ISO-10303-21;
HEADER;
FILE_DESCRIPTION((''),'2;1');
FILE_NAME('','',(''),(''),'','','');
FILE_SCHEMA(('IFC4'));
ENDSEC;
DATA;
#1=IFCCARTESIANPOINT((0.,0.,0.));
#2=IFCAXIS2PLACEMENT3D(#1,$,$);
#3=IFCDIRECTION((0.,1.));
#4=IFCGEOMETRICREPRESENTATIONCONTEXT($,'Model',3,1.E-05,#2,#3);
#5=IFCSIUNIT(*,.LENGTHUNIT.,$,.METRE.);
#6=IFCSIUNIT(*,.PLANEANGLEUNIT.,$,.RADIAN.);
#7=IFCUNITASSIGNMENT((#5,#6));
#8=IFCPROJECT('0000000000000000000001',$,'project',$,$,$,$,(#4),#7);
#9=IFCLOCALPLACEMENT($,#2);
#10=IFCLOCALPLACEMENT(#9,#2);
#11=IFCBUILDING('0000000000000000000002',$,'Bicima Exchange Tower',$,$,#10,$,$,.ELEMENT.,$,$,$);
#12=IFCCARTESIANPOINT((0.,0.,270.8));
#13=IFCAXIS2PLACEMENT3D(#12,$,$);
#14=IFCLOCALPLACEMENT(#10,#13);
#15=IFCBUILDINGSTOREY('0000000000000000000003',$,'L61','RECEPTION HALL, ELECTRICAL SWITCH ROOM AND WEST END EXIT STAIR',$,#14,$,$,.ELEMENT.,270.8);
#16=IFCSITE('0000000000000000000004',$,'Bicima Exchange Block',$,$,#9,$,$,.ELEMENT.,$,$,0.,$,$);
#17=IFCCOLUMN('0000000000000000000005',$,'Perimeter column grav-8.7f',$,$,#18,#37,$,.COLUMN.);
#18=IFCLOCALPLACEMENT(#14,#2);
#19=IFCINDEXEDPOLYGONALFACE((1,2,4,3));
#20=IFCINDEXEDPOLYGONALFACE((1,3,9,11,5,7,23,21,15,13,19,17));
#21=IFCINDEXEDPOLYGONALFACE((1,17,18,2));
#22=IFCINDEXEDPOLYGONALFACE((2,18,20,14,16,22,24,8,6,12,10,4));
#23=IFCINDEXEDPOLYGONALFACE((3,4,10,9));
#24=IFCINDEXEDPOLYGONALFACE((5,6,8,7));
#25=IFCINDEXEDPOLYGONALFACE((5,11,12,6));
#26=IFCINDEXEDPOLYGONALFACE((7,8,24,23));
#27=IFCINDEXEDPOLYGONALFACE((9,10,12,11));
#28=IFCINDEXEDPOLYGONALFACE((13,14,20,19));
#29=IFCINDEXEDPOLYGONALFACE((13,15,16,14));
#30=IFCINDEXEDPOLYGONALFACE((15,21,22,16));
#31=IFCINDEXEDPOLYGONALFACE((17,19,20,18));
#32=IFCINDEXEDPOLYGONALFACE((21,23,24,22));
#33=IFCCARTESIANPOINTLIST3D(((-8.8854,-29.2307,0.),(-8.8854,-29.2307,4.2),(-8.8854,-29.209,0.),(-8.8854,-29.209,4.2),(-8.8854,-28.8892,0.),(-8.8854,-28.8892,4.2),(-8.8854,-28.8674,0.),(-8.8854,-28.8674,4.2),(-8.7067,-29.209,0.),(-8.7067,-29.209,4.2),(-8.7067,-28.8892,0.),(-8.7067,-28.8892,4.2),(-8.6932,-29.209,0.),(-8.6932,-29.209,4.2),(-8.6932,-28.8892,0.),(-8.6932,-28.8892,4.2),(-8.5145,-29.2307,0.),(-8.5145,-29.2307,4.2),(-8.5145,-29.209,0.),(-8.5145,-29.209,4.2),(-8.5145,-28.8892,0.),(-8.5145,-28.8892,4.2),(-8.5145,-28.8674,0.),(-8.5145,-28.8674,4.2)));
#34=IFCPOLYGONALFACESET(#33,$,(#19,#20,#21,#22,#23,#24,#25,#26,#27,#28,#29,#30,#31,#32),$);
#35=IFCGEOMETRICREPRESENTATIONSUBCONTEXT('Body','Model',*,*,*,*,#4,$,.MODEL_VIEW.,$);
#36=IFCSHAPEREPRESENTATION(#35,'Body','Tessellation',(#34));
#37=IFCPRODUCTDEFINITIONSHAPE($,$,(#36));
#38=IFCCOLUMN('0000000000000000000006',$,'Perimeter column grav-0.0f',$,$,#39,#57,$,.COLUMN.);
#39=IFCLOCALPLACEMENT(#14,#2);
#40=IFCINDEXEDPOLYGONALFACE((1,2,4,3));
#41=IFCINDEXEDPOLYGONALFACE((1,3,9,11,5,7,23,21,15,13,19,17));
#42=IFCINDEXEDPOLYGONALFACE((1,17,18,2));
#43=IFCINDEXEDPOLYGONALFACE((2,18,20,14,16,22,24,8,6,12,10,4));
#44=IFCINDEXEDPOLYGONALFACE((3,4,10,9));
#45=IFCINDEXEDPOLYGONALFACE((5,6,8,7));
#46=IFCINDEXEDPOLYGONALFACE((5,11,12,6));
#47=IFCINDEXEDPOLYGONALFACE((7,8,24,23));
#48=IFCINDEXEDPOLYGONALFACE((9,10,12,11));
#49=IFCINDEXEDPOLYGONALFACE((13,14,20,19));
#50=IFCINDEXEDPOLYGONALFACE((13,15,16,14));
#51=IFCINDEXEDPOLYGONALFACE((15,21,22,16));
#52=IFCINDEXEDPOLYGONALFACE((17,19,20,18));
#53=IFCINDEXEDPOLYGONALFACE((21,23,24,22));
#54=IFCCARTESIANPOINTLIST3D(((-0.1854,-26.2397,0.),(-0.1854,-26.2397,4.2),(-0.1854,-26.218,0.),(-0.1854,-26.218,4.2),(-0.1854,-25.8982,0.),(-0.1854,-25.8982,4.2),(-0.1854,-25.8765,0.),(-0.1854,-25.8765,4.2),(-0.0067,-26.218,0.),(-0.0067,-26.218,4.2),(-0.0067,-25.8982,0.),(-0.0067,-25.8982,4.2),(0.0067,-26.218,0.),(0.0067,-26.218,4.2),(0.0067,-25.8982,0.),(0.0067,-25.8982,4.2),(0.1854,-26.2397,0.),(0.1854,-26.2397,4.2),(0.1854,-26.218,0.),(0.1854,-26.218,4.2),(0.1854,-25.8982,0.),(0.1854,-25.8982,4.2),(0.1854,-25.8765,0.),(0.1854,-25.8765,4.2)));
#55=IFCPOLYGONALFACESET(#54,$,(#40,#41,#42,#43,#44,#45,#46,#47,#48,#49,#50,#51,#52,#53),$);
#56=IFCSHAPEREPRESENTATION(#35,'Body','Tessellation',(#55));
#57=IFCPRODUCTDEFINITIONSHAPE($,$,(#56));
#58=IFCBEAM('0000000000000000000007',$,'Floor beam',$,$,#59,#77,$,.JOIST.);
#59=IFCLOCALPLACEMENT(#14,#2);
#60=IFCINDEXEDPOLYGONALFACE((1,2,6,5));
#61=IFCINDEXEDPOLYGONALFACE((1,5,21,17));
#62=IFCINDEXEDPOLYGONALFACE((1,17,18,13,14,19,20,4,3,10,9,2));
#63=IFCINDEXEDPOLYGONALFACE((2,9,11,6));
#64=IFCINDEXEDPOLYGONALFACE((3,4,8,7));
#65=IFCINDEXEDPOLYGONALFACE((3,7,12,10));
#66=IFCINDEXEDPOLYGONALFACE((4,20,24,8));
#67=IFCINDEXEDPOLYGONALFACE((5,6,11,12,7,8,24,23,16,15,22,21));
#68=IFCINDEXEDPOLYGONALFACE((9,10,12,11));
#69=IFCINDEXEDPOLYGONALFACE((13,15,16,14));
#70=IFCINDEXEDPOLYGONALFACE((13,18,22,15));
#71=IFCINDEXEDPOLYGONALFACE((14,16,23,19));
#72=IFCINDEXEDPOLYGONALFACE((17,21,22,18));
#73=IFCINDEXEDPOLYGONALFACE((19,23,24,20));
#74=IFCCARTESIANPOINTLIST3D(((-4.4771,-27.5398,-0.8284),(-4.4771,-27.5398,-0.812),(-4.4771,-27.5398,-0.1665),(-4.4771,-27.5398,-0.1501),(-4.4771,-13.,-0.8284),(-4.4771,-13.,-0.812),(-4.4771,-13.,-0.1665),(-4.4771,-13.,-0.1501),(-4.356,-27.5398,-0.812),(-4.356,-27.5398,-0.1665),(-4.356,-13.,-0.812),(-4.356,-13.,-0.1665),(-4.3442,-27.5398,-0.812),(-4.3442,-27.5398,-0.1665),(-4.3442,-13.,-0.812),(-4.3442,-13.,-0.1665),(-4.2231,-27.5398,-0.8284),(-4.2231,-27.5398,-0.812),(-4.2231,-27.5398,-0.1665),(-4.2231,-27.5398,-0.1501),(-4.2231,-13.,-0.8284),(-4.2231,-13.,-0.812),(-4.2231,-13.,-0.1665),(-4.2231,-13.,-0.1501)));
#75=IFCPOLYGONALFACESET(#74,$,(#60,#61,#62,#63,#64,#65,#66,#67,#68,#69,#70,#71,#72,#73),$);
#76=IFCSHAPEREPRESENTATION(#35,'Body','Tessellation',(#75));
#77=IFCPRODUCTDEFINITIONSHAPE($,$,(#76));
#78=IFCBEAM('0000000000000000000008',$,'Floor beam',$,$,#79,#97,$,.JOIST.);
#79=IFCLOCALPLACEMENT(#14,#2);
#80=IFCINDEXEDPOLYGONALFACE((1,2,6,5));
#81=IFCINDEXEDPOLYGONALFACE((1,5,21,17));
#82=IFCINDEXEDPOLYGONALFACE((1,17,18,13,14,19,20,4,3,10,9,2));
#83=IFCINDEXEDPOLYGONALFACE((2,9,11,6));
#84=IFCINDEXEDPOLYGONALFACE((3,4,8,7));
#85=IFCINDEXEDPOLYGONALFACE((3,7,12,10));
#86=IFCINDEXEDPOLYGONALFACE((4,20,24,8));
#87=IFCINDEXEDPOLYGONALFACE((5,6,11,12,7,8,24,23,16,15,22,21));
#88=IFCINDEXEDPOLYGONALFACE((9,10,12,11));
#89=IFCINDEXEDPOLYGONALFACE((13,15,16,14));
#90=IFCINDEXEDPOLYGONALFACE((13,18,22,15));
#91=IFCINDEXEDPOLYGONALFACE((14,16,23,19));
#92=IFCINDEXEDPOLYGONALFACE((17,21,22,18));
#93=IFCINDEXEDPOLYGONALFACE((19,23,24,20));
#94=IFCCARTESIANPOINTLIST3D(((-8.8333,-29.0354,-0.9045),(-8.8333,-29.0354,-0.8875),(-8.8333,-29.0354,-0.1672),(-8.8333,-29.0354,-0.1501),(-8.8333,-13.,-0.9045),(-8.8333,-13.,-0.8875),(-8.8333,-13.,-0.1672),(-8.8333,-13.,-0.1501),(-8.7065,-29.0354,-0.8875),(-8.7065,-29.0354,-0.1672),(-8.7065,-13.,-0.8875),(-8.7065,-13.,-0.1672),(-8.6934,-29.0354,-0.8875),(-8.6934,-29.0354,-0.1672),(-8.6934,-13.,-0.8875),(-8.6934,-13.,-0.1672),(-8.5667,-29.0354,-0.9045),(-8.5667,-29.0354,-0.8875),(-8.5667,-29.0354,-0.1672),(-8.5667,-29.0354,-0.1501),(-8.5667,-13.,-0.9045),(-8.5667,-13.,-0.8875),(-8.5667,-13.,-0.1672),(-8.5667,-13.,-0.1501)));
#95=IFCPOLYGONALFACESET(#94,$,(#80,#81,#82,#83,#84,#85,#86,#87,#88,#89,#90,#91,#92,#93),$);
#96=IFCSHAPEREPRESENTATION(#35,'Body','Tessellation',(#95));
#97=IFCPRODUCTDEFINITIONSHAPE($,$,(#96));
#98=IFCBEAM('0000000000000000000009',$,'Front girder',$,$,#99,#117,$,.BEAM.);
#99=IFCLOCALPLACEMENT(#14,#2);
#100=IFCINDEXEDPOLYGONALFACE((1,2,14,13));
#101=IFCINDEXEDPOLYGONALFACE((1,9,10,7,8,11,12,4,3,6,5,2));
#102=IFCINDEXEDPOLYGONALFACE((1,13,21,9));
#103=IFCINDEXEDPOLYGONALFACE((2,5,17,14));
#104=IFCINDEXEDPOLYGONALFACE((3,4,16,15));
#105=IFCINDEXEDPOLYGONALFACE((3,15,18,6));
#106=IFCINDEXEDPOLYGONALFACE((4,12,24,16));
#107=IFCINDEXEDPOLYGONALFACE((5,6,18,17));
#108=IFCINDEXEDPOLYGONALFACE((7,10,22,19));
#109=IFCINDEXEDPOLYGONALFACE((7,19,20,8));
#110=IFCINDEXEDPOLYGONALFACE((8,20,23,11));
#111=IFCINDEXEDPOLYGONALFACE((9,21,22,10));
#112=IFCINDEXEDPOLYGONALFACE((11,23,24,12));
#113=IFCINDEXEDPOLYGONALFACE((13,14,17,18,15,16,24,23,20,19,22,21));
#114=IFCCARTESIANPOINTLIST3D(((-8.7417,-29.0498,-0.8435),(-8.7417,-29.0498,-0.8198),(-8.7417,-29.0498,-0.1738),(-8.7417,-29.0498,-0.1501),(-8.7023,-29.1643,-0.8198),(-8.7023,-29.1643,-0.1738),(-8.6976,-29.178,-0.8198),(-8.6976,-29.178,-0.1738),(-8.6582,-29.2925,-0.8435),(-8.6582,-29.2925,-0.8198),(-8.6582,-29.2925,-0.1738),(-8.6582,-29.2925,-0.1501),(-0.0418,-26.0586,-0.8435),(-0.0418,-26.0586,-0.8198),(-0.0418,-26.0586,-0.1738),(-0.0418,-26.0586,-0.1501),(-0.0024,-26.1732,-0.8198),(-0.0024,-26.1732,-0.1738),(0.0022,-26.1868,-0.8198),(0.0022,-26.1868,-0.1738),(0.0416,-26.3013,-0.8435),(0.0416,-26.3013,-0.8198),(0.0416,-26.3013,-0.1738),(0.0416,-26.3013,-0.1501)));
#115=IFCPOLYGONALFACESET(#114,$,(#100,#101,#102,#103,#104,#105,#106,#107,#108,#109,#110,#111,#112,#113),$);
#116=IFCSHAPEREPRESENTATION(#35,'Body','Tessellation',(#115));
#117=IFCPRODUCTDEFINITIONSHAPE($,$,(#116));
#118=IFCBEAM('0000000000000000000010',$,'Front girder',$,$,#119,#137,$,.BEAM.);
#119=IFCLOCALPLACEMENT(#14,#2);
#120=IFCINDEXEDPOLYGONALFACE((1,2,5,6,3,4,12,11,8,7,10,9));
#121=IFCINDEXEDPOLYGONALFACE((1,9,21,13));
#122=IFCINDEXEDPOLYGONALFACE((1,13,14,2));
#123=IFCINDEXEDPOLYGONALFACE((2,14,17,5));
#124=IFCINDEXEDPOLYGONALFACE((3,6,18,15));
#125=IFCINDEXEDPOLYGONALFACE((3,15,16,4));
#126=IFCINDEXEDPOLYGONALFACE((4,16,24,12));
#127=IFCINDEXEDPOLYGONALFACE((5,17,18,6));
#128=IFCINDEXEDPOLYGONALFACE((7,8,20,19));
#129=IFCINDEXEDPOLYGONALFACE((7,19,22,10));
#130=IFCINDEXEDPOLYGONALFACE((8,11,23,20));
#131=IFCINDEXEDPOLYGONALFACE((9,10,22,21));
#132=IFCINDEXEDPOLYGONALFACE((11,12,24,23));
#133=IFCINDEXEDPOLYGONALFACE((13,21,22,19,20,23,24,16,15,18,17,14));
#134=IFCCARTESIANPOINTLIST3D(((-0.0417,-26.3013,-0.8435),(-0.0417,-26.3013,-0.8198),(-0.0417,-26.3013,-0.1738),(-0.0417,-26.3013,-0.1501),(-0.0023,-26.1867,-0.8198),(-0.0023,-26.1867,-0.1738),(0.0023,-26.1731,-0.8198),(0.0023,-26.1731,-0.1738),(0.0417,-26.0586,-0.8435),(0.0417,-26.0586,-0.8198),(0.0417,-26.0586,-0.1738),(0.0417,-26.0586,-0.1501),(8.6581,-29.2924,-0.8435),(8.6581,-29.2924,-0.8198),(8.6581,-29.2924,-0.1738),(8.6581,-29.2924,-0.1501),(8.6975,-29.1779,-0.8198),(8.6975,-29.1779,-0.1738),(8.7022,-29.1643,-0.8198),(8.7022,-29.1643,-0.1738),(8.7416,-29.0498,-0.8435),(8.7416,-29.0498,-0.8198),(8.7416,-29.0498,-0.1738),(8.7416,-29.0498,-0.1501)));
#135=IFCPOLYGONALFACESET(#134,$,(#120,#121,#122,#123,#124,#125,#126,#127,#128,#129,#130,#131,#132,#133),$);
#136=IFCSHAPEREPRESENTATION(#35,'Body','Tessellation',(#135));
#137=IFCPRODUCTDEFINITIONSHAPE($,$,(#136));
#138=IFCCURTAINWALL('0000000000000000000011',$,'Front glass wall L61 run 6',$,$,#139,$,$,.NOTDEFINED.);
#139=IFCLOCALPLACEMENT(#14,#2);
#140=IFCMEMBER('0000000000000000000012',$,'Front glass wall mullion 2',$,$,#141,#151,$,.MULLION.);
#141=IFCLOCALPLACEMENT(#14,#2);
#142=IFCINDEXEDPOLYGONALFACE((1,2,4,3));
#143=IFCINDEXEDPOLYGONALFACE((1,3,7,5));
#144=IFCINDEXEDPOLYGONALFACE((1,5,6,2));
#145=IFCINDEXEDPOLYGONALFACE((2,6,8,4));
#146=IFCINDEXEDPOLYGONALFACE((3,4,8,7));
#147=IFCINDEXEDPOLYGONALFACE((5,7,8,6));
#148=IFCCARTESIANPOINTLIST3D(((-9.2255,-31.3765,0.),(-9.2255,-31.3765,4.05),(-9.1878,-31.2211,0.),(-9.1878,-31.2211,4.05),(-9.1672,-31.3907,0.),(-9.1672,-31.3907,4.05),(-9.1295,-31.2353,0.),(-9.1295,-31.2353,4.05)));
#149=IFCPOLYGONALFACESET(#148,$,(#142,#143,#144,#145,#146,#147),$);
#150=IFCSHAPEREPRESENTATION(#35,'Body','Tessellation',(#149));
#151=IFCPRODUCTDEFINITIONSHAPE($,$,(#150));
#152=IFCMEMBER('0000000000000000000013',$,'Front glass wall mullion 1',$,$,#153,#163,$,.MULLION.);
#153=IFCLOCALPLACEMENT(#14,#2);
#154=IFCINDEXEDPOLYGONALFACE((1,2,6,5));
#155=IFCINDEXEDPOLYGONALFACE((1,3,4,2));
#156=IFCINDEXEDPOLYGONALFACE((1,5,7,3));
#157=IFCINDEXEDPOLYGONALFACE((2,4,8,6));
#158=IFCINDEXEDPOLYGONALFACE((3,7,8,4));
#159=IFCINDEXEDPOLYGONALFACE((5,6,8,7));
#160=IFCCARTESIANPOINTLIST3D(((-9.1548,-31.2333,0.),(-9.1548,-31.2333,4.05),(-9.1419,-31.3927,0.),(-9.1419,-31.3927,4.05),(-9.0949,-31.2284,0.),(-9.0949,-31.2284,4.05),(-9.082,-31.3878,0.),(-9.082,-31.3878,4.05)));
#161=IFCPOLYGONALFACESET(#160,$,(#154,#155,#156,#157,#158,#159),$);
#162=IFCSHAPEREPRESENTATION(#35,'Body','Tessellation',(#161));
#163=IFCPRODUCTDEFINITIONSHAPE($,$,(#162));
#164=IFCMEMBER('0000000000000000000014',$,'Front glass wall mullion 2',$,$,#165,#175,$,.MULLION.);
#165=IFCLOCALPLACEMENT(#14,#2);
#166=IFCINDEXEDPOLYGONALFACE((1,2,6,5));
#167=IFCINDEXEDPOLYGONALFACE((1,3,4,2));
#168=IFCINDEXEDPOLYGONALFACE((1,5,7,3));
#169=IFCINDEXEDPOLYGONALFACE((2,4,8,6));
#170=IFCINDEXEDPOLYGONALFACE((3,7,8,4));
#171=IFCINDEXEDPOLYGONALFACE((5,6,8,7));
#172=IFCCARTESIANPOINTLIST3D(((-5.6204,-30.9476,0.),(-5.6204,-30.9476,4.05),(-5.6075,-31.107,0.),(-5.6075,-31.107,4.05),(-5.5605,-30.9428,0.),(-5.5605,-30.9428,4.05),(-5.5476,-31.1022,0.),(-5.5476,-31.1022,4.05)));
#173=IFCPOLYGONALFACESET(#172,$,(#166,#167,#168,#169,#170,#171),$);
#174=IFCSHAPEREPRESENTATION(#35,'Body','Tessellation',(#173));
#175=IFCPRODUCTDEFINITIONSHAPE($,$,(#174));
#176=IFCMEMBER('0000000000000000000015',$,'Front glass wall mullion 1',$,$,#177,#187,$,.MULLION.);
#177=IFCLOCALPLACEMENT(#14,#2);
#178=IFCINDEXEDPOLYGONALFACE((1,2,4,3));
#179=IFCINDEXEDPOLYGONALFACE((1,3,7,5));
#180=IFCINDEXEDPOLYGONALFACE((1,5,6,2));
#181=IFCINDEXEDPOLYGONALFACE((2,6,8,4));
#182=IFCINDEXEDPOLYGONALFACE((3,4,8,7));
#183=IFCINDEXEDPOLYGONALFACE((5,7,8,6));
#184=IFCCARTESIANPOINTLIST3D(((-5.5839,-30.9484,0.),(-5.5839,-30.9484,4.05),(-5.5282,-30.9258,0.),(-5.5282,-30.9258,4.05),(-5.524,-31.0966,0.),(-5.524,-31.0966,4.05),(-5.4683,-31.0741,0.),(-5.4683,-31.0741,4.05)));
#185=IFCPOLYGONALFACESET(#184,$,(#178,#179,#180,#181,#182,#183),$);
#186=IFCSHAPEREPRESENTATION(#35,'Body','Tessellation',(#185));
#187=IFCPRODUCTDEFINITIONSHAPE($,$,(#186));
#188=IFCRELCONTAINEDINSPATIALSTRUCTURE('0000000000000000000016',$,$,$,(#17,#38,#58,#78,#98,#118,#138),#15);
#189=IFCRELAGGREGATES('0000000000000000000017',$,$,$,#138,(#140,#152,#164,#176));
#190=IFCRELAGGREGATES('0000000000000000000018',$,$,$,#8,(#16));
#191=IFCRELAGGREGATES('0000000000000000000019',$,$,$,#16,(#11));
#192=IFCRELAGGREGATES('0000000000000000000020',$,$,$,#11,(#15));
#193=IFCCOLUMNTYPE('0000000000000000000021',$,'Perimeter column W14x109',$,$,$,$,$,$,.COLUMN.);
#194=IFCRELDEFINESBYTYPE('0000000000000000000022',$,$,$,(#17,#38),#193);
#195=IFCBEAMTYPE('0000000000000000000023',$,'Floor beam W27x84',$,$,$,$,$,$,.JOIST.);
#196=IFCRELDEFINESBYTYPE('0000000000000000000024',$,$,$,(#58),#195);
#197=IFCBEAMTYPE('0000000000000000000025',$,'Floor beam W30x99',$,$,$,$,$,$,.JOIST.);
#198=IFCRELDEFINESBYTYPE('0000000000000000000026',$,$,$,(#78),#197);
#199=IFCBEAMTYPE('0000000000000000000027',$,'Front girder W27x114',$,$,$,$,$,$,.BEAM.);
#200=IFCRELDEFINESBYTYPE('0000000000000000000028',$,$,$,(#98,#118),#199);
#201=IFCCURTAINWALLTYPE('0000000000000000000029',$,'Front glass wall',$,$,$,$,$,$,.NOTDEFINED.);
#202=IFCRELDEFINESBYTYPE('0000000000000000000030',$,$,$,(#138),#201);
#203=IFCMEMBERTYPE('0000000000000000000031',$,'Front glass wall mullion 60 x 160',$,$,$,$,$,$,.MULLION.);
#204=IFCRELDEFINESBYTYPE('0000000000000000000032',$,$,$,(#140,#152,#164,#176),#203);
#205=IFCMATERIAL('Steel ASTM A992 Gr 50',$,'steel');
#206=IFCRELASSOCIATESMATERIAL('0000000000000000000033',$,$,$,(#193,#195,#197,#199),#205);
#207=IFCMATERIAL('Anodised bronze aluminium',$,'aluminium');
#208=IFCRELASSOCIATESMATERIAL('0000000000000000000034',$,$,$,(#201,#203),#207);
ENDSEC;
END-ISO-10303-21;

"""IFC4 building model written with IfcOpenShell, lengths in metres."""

from ifc_helpers import new_model, si_unit, direction, frame, origin, origin_2d, place, context, subcontext, project, spatial, rectangle, i_section, extrude, material, material_profile, profile_set, type_object, element, aggregate, save


model = new_model("IFC4")

# Units and contexts
model_context = context("Model", 3, precision=1e-05, world=origin(), true_north=direction((0.0, 1.0)))
body_context = subcontext(model_context, "Body", "Model", "MODEL_VIEW")
ifc_project = project(units=[si_unit("LENGTHUNIT", "METRE"), si_unit("PLANEANGLEUNIT", "RADIAN")], contexts=[model_context])

# Site, building, storey
site_placement = place(None, origin())
site = spatial("IfcSite", under=ifc_project, at=site_placement, Name="Bicima Exchange Block", CompositionType="ELEMENT", RefElevation=0.0)
building_placement = place(site_placement, origin())
building = spatial("IfcBuilding", under=site, at=building_placement, Name="Bicima Exchange Tower", CompositionType="ELEMENT")
storey_placement = place(building_placement, frame((0.0, 0.0, 270.8)))
storey = spatial("IfcBuildingStorey", under=building, at=storey_placement, Name="L61", Description="RECEPTION HALL, ELECTRICAL SWITCH ROOM AND WEST END EXIT STAIR", CompositionType="ELEMENT", Elevation=270.8)

# Columns
ifc_material_1 = material(Name="Steel ASTM A992 Gr 50", Category="steel")
ifc_material_profile_1 = material_profile(ifc_material_1, i_section(OverallWidth=0.3708, OverallDepth=0.3633, WebThickness=0.0134, FlangeThickness=0.0217, at=origin_2d()))
ifc_profile_set_1 = profile_set([ifc_material_profile_1], Name="Steel ASTM A992 Gr 50")
column_type = type_object("IfcColumnType", Name="Perimeter column W14x109", PredefinedType="COLUMN", material=ifc_profile_set_1)
for number, where, z_axis, x_axis, name in (
    (1, (-8.7, -29.0491, 0.0), (0.0, 0.0, 1.0), (1.0, 0.0, 0.0), "Perimeter column grav-8.7f"),
    (2, (0.0, -26.0581, 0.0), (0.0, 0.0, 1.0), (1.0, 0.0, 0.0), "Perimeter column grav-0.0f"),
):
    element("IfcColumn", number, at=place(storey_placement, frame(where, z_axis=z_axis, x_axis=x_axis)), inside=storey, type_object=column_type, Name=name, PredefinedType="COLUMN", context=body_context, shape_type="SweptSolid", body=[
        extrude(i_section(OverallWidth=0.3708, OverallDepth=0.3633, WebThickness=0.0134, FlangeThickness=0.0217, at=origin_2d()), origin(), (0.0, 0.0, 1.0), 4.2),
    ])

# Beams
ifc_material_profile_2 = material_profile(ifc_material_1, i_section(OverallWidth=0.2539, OverallDepth=0.6782, WebThickness=0.0117, FlangeThickness=0.0164, at=origin_2d()))
ifc_profile_set_2 = profile_set([ifc_material_profile_2], Name="Steel ASTM A992 Gr 50")
beam_type_1 = type_object("IfcBeamType", Name="Floor beam W27x84", PredefinedType="JOIST", material=ifc_profile_set_2)
beam_1_placement = place(storey_placement, frame((-4.3501, -13.0, -0.4893), z_axis=(0.0, -1.0, 0.0), x_axis=(1.0, 0.0, 0.0)))
element("IfcBeam", 3, at=beam_1_placement, inside=storey, type_object=beam_type_1, Name="Floor beam", PredefinedType="JOIST", context=body_context, shape_type="SweptSolid", body=[
    extrude(i_section(OverallWidth=0.2539, OverallDepth=0.6782, WebThickness=0.0117, FlangeThickness=0.0164, at=origin_2d()), origin(), (0.0, 0.0, 1.0), 14.5398),
])
ifc_material_profile_3 = material_profile(ifc_material_1, i_section(OverallWidth=0.2666, OverallDepth=0.7544, WebThickness=0.0132, FlangeThickness=0.0171, at=origin_2d()))
ifc_profile_set_3 = profile_set([ifc_material_profile_3], Name="Steel ASTM A992 Gr 50")
beam_type_2 = type_object("IfcBeamType", Name="Floor beam W30x99", PredefinedType="JOIST", material=ifc_profile_set_3)
beam_2_placement = place(storey_placement, frame((-8.7, -13.0, -0.5273), z_axis=(0.0, -1.0, 0.0), x_axis=(1.0, 0.0, 0.0)))
element("IfcBeam", 4, at=beam_2_placement, inside=storey, type_object=beam_type_2, Name="Floor beam", PredefinedType="JOIST", context=body_context, shape_type="SweptSolid", body=[
    extrude(i_section(OverallWidth=0.2666, OverallDepth=0.7544, WebThickness=0.0132, FlangeThickness=0.0171, at=origin_2d()), origin(), (0.0, 0.0, 1.0), 16.0354),
])
ifc_material_profile_4 = material_profile(ifc_material_1, i_section(OverallWidth=0.2566, OverallDepth=0.6934, WebThickness=0.0144, FlangeThickness=0.0237, at=origin_2d()))
ifc_profile_set_4 = profile_set([ifc_material_profile_4], Name="Steel ASTM A992 Gr 50")
beam_type_3 = type_object("IfcBeamType", Name="Front girder W27x114", PredefinedType="BEAM", material=ifc_profile_set_4)
for number, where, z_axis, x_axis, name in (
    (5, (-8.7, -29.1711, -0.4968), (0.945666, 0.325138, 0.0), (-0.325138, 0.945666, 0.0), "Front girder"),
    (6, (0.0, -26.1799, -0.4968), (0.945666, -0.325138, 0.0), (0.325138, 0.945666, 0.0), "Front girder"),
):
    element("IfcBeam", number, at=place(storey_placement, frame(where, z_axis=z_axis, x_axis=x_axis)), inside=storey, type_object=beam_type_3, Name=name, PredefinedType="BEAM", context=body_context, shape_type="SweptSolid", body=[
        extrude(i_section(OverallWidth=0.2566, OverallDepth=0.6934, WebThickness=0.0144, FlangeThickness=0.0237, at=origin_2d()), origin(), (0.0, 0.0, 1.0), 9.1997),
    ])

# Curtain wall, members
ifc_material_2 = material(Name="Anodised bronze aluminium", Category="aluminium")
curtain_wall_type = type_object("IfcCurtainWallType", Name="Front glass wall", PredefinedType="NOTDEFINED", material=ifc_material_2)
curtain_wall_placement = place(storey_placement, origin())
curtain_wall = element("IfcCurtainWall", 7, at=curtain_wall_placement, inside=storey, type_object=curtain_wall_type, Name="Front glass wall L61 run 6", PredefinedType="NOTDEFINED")
ifc_material_profile_5 = material_profile(ifc_material_2, rectangle(XDim=0.1599, YDim=0.0601, at=origin_2d()))
ifc_profile_set_5 = profile_set([ifc_material_profile_5], Name="Anodised bronze aluminium")
member_type_1 = type_object("IfcMemberType", Name="Front glass wall mullion 60 x 160", PredefinedType="MULLION", material=ifc_profile_set_5)
member_1_placement = place(storey_placement, frame((-9.1775, -31.3059, 0.0), z_axis=(0.0, 0.0, 1.0), x_axis=(0.235682, 0.97183, 0.0)))
member_1 = element("IfcMember", 8, at=member_1_placement, type_object=member_type_1, Name="Front glass wall mullion 2", PredefinedType="MULLION", context=body_context, shape_type="SweptSolid", body=[
    extrude(rectangle(XDim=0.1599, YDim=0.0601, at=origin_2d()), origin(), (0.0, 0.0, 1.0), 4.05),
])
member_2_placement = place(storey_placement, frame((-9.1184, -31.3105, 0.0), z_axis=(0.0, 0.0, 1.0), x_axis=(-0.080589, 0.996747, 0.0)))
member_2 = element("IfcMember", 9, at=member_2_placement, type_object=member_type_1, Name="Front glass wall mullion 1", PredefinedType="MULLION", context=body_context, shape_type="SweptSolid", body=[
    extrude(rectangle(XDim=0.1599, YDim=0.0601, at=origin_2d()), origin(), (0.0, 0.0, 1.0), 4.05),
])
member_3_placement = place(storey_placement, frame((-5.584, -31.0249, 0.0), z_axis=(0.0, 0.0, 1.0), x_axis=(-0.080589, 0.996747, 0.0)))
member_3 = element("IfcMember", 10, at=member_3_placement, type_object=member_type_1, Name="Front glass wall mullion 2", PredefinedType="MULLION", context=body_context, shape_type="SweptSolid", body=[
    extrude(rectangle(XDim=0.1599, YDim=0.0601, at=origin_2d()), origin(), (0.0, 0.0, 1.0), 4.05),
])
member_4_placement = place(storey_placement, frame((-5.5261, -31.0112, 0.0), z_axis=(0.0, 0.0, 1.0), x_axis=(-0.374705, 0.927144, 0.0)))
member_4 = element("IfcMember", 11, at=member_4_placement, type_object=member_type_1, Name="Front glass wall mullion 1", PredefinedType="MULLION", context=body_context, shape_type="SweptSolid", body=[
    extrude(rectangle(XDim=0.1599, YDim=0.0601, at=origin_2d()), origin(), (0.0, 0.0, 1.0), 4.05),
])

aggregate(curtain_wall, [member_1, member_2, member_3, member_4])

save(model, "model.ifc")
